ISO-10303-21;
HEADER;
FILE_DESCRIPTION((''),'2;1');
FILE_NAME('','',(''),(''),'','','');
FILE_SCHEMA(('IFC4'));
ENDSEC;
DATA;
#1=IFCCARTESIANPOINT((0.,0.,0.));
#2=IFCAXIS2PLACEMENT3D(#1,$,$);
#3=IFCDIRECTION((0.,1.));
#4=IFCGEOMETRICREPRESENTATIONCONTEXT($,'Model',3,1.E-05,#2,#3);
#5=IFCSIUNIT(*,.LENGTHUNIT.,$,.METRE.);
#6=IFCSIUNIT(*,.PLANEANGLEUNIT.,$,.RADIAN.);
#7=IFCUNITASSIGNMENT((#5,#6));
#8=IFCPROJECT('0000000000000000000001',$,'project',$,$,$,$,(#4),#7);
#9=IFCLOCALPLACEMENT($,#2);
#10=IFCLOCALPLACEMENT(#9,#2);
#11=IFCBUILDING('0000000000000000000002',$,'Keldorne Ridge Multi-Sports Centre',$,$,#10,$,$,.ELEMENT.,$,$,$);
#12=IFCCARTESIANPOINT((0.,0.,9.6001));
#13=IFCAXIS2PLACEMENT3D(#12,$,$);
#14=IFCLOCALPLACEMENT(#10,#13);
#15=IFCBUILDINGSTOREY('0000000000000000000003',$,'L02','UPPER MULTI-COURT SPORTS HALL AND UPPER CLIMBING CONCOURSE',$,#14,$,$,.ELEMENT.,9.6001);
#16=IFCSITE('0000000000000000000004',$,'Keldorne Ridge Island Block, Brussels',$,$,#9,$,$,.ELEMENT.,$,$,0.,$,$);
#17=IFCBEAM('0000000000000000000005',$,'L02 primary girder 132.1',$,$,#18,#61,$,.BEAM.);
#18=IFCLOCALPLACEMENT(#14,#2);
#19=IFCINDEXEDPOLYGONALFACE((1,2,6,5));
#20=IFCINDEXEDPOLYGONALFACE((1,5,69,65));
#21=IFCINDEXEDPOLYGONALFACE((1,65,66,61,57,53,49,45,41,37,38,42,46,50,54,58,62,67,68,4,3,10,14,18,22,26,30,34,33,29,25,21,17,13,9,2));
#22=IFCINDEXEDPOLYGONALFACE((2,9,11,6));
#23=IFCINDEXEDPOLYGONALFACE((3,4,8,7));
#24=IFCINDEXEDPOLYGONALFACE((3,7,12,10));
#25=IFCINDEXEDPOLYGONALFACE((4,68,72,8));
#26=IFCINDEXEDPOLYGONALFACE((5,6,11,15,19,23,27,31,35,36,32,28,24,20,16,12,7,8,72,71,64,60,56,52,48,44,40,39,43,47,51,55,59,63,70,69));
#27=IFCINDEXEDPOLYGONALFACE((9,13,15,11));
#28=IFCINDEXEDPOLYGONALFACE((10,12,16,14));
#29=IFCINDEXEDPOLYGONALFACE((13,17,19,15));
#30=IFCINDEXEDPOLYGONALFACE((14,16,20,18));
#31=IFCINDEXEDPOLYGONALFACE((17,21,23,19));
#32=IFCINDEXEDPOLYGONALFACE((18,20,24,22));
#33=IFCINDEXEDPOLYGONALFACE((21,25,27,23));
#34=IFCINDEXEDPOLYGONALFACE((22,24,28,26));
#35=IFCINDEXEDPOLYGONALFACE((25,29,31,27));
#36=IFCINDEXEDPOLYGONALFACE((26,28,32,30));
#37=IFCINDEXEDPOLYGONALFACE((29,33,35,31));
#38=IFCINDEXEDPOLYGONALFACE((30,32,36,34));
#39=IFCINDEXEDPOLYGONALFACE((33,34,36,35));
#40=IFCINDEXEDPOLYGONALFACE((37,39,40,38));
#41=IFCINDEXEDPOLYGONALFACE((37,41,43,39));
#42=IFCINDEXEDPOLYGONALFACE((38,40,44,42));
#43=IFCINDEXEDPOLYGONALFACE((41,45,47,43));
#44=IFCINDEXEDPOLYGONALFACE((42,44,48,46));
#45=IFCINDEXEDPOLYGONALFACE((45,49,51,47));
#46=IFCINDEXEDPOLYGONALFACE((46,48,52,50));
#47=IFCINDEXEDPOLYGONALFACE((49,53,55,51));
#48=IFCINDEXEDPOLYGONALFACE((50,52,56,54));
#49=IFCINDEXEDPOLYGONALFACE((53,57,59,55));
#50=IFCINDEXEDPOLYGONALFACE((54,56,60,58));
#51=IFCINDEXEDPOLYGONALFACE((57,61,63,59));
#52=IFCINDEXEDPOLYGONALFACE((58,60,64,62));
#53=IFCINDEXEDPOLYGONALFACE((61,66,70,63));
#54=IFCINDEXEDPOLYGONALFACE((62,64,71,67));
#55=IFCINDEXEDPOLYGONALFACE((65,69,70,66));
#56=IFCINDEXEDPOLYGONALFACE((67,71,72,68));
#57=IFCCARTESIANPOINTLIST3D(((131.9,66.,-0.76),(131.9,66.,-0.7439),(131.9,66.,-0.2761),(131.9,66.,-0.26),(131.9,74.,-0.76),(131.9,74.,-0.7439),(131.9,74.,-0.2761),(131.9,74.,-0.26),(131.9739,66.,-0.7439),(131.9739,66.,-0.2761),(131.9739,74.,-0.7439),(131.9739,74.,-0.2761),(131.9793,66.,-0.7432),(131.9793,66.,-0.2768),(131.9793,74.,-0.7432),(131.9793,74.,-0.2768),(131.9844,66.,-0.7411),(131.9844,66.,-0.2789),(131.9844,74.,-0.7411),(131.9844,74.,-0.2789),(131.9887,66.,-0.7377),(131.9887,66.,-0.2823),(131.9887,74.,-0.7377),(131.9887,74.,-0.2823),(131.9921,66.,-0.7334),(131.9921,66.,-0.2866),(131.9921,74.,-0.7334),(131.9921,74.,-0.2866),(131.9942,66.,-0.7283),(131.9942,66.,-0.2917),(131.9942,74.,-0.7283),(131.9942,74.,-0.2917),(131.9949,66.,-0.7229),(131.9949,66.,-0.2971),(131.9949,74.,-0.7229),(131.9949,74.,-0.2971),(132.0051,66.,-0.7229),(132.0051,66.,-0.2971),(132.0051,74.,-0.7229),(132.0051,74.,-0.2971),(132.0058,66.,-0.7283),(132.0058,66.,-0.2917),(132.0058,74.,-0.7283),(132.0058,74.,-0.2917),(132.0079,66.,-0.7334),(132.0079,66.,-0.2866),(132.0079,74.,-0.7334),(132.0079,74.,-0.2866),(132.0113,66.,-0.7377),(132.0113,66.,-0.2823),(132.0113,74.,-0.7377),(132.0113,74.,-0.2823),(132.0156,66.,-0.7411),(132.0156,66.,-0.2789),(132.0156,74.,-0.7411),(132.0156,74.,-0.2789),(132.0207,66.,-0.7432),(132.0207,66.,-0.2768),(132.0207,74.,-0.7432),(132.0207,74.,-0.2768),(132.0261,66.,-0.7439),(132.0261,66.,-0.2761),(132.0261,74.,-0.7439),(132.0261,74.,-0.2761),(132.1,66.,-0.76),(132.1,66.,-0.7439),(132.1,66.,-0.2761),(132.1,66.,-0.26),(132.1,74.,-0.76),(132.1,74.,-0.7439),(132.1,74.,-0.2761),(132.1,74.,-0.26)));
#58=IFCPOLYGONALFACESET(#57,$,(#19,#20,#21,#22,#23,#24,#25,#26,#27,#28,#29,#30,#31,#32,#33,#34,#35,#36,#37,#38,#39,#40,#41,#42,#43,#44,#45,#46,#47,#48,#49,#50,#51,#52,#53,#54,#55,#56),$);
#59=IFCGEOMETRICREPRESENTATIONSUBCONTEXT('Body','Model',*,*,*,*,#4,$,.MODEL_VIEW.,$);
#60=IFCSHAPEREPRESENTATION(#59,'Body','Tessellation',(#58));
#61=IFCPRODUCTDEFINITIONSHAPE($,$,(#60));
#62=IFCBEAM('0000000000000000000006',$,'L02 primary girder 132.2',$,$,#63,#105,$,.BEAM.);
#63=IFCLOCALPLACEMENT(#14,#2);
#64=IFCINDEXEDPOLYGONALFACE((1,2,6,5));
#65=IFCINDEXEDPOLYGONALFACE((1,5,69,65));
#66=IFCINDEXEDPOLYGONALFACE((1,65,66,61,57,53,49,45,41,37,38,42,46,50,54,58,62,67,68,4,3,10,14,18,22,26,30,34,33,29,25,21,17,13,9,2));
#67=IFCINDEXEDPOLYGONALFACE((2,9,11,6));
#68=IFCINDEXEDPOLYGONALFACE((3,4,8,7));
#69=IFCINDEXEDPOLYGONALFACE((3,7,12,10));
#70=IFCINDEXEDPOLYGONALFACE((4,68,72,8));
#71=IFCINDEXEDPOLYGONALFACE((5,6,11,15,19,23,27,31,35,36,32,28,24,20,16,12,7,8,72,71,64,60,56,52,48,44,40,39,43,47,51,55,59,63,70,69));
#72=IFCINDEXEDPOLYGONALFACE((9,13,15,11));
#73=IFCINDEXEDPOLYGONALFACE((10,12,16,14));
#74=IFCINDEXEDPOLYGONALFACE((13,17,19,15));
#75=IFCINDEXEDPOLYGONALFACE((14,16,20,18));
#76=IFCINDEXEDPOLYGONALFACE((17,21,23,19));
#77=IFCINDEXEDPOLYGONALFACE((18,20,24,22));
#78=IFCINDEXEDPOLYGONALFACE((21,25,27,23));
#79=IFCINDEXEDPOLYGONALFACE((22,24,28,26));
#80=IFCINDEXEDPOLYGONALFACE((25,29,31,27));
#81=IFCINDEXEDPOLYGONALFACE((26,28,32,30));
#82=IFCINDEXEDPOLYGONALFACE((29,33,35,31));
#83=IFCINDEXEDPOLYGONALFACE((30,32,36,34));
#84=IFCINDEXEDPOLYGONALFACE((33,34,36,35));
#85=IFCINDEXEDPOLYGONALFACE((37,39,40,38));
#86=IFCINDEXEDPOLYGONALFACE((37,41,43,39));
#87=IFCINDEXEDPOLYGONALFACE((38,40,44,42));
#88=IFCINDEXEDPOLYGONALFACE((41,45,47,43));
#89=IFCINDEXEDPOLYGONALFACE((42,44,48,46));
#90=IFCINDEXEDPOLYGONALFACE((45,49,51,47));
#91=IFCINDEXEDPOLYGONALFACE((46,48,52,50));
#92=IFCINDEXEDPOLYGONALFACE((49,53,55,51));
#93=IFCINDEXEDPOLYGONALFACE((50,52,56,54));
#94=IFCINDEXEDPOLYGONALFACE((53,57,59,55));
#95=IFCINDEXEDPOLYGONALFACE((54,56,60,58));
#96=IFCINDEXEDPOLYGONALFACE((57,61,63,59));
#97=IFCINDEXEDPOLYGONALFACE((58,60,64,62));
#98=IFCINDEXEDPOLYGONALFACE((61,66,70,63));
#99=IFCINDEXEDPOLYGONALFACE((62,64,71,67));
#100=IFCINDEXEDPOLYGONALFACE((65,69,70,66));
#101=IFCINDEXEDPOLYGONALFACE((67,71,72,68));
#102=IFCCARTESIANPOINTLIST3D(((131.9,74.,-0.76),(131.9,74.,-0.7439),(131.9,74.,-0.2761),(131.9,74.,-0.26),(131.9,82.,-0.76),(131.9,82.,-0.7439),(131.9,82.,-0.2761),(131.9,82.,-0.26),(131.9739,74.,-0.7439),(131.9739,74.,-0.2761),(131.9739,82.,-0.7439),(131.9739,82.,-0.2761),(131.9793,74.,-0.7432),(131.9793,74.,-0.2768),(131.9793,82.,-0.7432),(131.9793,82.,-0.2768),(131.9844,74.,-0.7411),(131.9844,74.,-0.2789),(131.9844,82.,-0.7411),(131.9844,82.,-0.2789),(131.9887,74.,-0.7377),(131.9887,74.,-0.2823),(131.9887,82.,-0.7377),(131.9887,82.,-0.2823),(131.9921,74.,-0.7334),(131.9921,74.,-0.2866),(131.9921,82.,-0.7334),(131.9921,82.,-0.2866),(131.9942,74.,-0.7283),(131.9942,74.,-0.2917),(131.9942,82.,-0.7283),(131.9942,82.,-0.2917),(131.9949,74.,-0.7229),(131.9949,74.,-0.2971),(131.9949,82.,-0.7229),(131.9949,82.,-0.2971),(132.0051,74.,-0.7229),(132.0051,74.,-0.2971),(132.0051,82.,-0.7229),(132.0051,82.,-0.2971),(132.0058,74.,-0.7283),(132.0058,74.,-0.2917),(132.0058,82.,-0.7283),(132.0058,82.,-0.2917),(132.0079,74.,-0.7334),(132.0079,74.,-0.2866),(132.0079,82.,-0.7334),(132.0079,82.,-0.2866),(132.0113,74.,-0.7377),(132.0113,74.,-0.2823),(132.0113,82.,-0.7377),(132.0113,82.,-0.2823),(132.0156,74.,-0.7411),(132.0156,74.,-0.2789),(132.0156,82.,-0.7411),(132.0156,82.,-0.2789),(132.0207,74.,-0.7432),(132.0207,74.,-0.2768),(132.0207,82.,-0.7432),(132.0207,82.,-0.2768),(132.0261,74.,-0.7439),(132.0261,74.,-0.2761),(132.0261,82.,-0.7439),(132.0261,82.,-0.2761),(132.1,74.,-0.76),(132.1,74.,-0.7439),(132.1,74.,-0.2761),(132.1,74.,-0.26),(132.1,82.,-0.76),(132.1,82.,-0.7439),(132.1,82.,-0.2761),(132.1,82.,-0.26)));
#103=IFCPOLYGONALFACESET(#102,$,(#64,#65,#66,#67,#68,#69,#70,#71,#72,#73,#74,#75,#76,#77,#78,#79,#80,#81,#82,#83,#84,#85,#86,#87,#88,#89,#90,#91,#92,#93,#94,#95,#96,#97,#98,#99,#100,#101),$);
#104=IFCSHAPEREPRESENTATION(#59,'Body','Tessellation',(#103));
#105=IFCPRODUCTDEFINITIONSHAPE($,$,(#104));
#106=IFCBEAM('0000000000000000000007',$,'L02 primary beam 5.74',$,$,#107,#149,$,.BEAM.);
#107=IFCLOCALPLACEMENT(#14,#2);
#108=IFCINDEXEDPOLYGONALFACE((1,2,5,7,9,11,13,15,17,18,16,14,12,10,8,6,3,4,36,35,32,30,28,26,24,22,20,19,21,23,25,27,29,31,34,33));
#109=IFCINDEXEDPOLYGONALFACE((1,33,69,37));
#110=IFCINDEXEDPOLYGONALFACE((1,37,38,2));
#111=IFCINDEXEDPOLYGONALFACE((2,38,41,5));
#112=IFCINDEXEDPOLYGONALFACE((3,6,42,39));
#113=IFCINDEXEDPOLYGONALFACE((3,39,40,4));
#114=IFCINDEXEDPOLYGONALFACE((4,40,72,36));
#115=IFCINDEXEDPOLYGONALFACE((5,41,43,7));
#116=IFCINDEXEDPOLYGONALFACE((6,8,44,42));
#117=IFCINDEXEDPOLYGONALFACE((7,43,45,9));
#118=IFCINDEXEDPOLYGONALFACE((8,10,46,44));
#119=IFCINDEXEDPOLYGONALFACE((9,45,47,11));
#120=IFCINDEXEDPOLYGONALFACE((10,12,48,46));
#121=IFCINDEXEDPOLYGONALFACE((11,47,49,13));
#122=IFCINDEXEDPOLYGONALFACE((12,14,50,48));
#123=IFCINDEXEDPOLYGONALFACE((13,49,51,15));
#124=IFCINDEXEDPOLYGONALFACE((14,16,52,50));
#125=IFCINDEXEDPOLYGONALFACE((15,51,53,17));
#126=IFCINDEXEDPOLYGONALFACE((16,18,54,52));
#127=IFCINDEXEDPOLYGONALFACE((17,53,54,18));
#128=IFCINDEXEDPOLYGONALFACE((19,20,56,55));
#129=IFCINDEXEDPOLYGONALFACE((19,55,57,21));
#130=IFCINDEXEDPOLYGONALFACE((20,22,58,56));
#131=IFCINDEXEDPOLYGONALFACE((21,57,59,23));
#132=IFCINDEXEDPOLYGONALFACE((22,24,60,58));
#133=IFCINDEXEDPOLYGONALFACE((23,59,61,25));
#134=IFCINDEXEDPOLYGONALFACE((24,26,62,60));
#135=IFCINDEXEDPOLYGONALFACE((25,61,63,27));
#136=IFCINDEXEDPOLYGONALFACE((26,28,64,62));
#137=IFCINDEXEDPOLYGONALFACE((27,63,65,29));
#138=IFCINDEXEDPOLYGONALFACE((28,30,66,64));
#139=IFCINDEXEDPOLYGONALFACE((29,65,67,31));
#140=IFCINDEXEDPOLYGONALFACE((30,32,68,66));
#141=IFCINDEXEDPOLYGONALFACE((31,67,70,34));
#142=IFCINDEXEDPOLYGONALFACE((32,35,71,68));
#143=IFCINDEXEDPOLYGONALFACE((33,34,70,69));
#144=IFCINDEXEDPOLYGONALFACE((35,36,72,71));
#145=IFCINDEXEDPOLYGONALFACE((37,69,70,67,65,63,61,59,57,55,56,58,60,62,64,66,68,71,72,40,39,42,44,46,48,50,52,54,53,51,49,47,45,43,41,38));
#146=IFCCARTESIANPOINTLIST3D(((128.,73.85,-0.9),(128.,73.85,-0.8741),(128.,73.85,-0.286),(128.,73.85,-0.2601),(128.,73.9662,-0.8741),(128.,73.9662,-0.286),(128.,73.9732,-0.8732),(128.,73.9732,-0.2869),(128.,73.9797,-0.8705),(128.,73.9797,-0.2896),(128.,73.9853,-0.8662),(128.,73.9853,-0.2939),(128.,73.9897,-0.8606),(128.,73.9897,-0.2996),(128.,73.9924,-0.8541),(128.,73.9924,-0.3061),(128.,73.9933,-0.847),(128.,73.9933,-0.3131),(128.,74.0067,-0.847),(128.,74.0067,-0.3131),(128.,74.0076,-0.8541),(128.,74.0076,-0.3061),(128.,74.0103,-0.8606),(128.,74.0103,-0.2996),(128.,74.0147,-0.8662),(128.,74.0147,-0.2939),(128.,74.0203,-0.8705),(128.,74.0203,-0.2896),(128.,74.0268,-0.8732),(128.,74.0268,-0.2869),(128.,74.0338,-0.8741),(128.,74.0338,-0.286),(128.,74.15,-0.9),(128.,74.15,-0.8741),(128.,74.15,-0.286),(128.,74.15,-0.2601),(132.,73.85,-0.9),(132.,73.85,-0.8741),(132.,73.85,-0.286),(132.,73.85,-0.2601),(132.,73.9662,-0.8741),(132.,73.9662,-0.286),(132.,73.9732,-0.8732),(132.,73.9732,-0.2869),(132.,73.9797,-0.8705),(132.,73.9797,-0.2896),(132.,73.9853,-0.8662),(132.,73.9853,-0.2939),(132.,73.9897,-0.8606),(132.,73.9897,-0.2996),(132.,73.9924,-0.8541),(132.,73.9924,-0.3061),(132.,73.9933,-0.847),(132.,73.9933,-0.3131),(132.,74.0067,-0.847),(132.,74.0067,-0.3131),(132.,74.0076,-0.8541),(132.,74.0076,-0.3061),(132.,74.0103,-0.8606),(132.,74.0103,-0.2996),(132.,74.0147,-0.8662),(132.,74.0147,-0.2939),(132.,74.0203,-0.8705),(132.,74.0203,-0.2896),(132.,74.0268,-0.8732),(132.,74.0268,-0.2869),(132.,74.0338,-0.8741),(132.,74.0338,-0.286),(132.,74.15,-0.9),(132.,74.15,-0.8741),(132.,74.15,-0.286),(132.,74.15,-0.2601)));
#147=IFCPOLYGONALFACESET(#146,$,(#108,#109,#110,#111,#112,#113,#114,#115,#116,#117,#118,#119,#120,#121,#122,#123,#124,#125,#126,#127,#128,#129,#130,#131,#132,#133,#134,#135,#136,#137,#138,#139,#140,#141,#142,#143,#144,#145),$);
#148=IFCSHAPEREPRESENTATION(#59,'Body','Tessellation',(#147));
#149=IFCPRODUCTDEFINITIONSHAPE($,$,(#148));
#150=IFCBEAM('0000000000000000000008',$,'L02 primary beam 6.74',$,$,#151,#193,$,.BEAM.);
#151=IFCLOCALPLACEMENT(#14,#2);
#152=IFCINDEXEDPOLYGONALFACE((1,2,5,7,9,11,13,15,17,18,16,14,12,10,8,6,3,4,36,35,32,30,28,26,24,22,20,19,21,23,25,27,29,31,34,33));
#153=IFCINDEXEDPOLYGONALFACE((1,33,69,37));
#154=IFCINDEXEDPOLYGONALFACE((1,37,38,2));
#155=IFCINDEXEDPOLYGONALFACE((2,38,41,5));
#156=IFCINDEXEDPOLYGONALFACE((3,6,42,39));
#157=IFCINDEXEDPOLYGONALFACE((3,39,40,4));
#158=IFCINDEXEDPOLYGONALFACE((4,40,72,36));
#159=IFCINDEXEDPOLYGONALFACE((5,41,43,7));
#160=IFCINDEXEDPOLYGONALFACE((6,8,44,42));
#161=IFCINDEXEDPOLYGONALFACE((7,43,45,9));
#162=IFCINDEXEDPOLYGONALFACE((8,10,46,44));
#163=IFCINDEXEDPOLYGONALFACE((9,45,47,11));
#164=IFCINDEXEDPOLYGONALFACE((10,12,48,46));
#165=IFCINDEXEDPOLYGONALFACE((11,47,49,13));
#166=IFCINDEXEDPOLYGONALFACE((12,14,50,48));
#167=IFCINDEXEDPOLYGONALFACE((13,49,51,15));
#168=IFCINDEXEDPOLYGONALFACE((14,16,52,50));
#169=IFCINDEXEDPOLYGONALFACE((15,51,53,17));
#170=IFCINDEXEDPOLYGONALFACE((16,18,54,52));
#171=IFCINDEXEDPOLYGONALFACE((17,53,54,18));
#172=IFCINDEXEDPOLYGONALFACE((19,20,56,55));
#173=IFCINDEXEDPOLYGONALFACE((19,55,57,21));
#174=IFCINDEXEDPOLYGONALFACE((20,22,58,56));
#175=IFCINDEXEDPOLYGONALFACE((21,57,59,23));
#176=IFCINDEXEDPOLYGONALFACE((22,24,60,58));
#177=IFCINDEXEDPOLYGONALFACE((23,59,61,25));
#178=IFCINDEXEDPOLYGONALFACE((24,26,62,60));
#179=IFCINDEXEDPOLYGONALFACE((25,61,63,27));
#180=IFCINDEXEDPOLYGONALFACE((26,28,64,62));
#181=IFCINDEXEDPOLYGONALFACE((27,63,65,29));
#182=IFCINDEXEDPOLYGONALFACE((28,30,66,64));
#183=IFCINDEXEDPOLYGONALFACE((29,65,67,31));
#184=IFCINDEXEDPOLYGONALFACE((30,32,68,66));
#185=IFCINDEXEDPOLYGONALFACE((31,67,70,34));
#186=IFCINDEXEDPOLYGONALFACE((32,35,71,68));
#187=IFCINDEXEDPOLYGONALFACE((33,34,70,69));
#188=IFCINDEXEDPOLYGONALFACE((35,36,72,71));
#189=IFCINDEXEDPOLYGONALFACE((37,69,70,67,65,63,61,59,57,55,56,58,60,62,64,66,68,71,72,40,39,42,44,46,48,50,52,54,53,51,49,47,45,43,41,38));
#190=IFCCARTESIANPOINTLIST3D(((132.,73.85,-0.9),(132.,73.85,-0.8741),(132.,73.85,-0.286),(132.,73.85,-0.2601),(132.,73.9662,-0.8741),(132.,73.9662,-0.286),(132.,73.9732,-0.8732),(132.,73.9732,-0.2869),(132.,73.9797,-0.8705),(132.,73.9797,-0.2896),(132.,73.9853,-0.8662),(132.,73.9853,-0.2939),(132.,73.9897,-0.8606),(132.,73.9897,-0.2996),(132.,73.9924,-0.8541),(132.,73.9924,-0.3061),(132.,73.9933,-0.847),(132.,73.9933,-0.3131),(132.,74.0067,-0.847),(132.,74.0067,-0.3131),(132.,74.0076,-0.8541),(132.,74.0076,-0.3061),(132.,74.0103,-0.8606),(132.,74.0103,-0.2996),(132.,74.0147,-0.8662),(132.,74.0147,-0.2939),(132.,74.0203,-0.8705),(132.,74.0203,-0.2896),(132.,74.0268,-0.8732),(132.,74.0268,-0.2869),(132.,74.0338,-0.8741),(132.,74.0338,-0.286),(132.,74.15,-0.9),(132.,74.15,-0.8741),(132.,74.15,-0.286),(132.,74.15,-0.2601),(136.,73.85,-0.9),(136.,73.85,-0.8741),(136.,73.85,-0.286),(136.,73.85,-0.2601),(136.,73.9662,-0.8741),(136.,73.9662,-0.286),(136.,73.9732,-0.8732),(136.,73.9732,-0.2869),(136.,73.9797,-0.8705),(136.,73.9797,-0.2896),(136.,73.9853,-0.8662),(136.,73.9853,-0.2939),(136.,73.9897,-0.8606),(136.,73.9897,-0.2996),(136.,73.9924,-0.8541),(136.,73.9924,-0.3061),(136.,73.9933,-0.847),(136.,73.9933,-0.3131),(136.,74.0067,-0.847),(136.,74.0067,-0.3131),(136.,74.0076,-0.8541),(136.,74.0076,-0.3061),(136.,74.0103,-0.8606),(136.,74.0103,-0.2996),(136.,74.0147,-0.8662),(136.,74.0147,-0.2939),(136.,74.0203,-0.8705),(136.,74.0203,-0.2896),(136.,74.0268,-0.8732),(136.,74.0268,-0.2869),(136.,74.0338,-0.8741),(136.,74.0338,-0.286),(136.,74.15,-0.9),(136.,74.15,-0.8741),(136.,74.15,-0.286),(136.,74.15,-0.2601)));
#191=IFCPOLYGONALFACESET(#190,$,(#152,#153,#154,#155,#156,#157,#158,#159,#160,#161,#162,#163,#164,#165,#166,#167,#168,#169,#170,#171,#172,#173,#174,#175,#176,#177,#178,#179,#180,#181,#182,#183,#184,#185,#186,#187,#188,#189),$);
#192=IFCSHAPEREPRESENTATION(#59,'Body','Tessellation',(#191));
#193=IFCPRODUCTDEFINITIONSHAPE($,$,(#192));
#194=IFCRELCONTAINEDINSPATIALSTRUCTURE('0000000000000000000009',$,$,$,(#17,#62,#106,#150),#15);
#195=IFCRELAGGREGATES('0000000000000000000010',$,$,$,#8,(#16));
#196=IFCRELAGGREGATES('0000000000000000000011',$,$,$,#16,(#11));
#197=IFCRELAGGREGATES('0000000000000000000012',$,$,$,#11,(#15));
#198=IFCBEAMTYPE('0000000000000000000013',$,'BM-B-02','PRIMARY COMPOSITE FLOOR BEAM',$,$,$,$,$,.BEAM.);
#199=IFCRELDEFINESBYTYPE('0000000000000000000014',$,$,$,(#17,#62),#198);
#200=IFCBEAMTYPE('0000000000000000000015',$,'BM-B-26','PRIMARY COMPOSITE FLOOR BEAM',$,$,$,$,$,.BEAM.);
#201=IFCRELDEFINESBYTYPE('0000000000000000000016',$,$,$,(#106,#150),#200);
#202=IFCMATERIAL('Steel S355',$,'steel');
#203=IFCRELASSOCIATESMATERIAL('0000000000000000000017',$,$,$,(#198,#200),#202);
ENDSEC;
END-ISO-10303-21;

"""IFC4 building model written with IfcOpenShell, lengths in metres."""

from ifc_helpers import new_model, si_unit, direction, frame, origin, origin_2d, place, context, subcontext, project, spatial, i_section, extrude, material, material_profile, profile_set, type_object, element, save


model = new_model("IFC4")

# Units and contexts
model_context = context("Model", 3, precision=1e-05, world=origin(), true_north=direction((0.0, 1.0)))
body_context = subcontext(model_context, "Body", "Model", "MODEL_VIEW")
ifc_project = project(units=[si_unit("LENGTHUNIT", "METRE"), si_unit("PLANEANGLEUNIT", "RADIAN")], contexts=[model_context])

# Site, building, storey
site_placement = place(None, origin())
site = spatial("IfcSite", under=ifc_project, at=site_placement, Name="Keldorne Ridge Island Block, Brussels", CompositionType="ELEMENT", RefElevation=0.0)
building_placement = place(site_placement, origin())
building = spatial("IfcBuilding", under=site, at=building_placement, Name="Keldorne Ridge Multi-Sports Centre", CompositionType="ELEMENT")
storey_placement = place(building_placement, frame((0.0, 0.0, 9.6001)))
storey = spatial("IfcBuildingStorey", under=building, at=storey_placement, Name="L02", Description="UPPER MULTI-COURT SPORTS HALL AND UPPER CLIMBING CONCOURSE", CompositionType="ELEMENT", Elevation=9.6001)

# Shared definitions
ifc_material_1 = material(Name="Steel S355", Category="steel")

# Beams
ifc_material_profile_1 = material_profile(ifc_material_1, i_section(OverallWidth=0.2, OverallDepth=0.5, WebThickness=0.0103, FlangeThickness=0.0161, FilletRadius=0.021, at=origin_2d()), Name="IPE 500")
ifc_profile_set_1 = profile_set([ifc_material_profile_1], Name="Steel S355")
beam_type_1 = type_object("IfcBeamType", Name="BM-B-02", Description="PRIMARY COMPOSITE FLOOR BEAM", PredefinedType="BEAM", material=ifc_profile_set_1)
for number, where, z_axis, x_axis, name in (
    (1, (132.0, 66.0, -0.51), (0.0, 1.0, 0.0), (-1.0, 0.0, 0.0), "L02 primary girder 132.1"),
    (2, (132.0, 74.0, -0.51), (0.0, 1.0, 0.0), (-1.0, 0.0, 0.0), "L02 primary girder 132.2"),
):
    element("IfcBeam", number, at=place(storey_placement, frame(where, z_axis=z_axis, x_axis=x_axis)), inside=storey, type_object=beam_type_1, Name=name, PredefinedType="BEAM", context=body_context, shape_type="SweptSolid", body=[
        extrude(i_section(OverallWidth=0.2, OverallDepth=0.5, WebThickness=0.0103, FlangeThickness=0.0161, FilletRadius=0.021, at=origin_2d()), origin(), (0.0, 0.0, 1.0), 8.0),
    ])
ifc_material_profile_2 = material_profile(ifc_material_1, i_section(OverallWidth=0.3, OverallDepth=0.6399, WebThickness=0.0134, FlangeThickness=0.0259, FilletRadius=0.0271, at=origin_2d()), Name="HEA 650")
ifc_profile_set_2 = profile_set([ifc_material_profile_2], Name="Steel S355")
beam_type_2 = type_object("IfcBeamType", Name="BM-B-26", Description="PRIMARY COMPOSITE FLOOR BEAM", PredefinedType="BEAM", material=ifc_profile_set_2)
for number, where, z_axis, x_axis, name in (
    (3, (128.0, 74.0, -0.5801), (1.0, 0.0, 0.0), (0.0, 1.0, 0.0), "L02 primary beam 5.74"),
    (4, (132.0, 74.0, -0.5801), (1.0, 0.0, 0.0), (0.0, 1.0, 0.0), "L02 primary beam 6.74"),
):
    element("IfcBeam", number, at=place(storey_placement, frame(where, z_axis=z_axis, x_axis=x_axis)), inside=storey, type_object=beam_type_2, Name=name, PredefinedType="BEAM", context=body_context, shape_type="SweptSolid", body=[
        extrude(i_section(OverallWidth=0.3, OverallDepth=0.6399, WebThickness=0.0134, FlangeThickness=0.0259, FilletRadius=0.0271, at=origin_2d()), origin(), (0.0, 0.0, 1.0), 4.0),
    ])

save(model, "model.ifc")
